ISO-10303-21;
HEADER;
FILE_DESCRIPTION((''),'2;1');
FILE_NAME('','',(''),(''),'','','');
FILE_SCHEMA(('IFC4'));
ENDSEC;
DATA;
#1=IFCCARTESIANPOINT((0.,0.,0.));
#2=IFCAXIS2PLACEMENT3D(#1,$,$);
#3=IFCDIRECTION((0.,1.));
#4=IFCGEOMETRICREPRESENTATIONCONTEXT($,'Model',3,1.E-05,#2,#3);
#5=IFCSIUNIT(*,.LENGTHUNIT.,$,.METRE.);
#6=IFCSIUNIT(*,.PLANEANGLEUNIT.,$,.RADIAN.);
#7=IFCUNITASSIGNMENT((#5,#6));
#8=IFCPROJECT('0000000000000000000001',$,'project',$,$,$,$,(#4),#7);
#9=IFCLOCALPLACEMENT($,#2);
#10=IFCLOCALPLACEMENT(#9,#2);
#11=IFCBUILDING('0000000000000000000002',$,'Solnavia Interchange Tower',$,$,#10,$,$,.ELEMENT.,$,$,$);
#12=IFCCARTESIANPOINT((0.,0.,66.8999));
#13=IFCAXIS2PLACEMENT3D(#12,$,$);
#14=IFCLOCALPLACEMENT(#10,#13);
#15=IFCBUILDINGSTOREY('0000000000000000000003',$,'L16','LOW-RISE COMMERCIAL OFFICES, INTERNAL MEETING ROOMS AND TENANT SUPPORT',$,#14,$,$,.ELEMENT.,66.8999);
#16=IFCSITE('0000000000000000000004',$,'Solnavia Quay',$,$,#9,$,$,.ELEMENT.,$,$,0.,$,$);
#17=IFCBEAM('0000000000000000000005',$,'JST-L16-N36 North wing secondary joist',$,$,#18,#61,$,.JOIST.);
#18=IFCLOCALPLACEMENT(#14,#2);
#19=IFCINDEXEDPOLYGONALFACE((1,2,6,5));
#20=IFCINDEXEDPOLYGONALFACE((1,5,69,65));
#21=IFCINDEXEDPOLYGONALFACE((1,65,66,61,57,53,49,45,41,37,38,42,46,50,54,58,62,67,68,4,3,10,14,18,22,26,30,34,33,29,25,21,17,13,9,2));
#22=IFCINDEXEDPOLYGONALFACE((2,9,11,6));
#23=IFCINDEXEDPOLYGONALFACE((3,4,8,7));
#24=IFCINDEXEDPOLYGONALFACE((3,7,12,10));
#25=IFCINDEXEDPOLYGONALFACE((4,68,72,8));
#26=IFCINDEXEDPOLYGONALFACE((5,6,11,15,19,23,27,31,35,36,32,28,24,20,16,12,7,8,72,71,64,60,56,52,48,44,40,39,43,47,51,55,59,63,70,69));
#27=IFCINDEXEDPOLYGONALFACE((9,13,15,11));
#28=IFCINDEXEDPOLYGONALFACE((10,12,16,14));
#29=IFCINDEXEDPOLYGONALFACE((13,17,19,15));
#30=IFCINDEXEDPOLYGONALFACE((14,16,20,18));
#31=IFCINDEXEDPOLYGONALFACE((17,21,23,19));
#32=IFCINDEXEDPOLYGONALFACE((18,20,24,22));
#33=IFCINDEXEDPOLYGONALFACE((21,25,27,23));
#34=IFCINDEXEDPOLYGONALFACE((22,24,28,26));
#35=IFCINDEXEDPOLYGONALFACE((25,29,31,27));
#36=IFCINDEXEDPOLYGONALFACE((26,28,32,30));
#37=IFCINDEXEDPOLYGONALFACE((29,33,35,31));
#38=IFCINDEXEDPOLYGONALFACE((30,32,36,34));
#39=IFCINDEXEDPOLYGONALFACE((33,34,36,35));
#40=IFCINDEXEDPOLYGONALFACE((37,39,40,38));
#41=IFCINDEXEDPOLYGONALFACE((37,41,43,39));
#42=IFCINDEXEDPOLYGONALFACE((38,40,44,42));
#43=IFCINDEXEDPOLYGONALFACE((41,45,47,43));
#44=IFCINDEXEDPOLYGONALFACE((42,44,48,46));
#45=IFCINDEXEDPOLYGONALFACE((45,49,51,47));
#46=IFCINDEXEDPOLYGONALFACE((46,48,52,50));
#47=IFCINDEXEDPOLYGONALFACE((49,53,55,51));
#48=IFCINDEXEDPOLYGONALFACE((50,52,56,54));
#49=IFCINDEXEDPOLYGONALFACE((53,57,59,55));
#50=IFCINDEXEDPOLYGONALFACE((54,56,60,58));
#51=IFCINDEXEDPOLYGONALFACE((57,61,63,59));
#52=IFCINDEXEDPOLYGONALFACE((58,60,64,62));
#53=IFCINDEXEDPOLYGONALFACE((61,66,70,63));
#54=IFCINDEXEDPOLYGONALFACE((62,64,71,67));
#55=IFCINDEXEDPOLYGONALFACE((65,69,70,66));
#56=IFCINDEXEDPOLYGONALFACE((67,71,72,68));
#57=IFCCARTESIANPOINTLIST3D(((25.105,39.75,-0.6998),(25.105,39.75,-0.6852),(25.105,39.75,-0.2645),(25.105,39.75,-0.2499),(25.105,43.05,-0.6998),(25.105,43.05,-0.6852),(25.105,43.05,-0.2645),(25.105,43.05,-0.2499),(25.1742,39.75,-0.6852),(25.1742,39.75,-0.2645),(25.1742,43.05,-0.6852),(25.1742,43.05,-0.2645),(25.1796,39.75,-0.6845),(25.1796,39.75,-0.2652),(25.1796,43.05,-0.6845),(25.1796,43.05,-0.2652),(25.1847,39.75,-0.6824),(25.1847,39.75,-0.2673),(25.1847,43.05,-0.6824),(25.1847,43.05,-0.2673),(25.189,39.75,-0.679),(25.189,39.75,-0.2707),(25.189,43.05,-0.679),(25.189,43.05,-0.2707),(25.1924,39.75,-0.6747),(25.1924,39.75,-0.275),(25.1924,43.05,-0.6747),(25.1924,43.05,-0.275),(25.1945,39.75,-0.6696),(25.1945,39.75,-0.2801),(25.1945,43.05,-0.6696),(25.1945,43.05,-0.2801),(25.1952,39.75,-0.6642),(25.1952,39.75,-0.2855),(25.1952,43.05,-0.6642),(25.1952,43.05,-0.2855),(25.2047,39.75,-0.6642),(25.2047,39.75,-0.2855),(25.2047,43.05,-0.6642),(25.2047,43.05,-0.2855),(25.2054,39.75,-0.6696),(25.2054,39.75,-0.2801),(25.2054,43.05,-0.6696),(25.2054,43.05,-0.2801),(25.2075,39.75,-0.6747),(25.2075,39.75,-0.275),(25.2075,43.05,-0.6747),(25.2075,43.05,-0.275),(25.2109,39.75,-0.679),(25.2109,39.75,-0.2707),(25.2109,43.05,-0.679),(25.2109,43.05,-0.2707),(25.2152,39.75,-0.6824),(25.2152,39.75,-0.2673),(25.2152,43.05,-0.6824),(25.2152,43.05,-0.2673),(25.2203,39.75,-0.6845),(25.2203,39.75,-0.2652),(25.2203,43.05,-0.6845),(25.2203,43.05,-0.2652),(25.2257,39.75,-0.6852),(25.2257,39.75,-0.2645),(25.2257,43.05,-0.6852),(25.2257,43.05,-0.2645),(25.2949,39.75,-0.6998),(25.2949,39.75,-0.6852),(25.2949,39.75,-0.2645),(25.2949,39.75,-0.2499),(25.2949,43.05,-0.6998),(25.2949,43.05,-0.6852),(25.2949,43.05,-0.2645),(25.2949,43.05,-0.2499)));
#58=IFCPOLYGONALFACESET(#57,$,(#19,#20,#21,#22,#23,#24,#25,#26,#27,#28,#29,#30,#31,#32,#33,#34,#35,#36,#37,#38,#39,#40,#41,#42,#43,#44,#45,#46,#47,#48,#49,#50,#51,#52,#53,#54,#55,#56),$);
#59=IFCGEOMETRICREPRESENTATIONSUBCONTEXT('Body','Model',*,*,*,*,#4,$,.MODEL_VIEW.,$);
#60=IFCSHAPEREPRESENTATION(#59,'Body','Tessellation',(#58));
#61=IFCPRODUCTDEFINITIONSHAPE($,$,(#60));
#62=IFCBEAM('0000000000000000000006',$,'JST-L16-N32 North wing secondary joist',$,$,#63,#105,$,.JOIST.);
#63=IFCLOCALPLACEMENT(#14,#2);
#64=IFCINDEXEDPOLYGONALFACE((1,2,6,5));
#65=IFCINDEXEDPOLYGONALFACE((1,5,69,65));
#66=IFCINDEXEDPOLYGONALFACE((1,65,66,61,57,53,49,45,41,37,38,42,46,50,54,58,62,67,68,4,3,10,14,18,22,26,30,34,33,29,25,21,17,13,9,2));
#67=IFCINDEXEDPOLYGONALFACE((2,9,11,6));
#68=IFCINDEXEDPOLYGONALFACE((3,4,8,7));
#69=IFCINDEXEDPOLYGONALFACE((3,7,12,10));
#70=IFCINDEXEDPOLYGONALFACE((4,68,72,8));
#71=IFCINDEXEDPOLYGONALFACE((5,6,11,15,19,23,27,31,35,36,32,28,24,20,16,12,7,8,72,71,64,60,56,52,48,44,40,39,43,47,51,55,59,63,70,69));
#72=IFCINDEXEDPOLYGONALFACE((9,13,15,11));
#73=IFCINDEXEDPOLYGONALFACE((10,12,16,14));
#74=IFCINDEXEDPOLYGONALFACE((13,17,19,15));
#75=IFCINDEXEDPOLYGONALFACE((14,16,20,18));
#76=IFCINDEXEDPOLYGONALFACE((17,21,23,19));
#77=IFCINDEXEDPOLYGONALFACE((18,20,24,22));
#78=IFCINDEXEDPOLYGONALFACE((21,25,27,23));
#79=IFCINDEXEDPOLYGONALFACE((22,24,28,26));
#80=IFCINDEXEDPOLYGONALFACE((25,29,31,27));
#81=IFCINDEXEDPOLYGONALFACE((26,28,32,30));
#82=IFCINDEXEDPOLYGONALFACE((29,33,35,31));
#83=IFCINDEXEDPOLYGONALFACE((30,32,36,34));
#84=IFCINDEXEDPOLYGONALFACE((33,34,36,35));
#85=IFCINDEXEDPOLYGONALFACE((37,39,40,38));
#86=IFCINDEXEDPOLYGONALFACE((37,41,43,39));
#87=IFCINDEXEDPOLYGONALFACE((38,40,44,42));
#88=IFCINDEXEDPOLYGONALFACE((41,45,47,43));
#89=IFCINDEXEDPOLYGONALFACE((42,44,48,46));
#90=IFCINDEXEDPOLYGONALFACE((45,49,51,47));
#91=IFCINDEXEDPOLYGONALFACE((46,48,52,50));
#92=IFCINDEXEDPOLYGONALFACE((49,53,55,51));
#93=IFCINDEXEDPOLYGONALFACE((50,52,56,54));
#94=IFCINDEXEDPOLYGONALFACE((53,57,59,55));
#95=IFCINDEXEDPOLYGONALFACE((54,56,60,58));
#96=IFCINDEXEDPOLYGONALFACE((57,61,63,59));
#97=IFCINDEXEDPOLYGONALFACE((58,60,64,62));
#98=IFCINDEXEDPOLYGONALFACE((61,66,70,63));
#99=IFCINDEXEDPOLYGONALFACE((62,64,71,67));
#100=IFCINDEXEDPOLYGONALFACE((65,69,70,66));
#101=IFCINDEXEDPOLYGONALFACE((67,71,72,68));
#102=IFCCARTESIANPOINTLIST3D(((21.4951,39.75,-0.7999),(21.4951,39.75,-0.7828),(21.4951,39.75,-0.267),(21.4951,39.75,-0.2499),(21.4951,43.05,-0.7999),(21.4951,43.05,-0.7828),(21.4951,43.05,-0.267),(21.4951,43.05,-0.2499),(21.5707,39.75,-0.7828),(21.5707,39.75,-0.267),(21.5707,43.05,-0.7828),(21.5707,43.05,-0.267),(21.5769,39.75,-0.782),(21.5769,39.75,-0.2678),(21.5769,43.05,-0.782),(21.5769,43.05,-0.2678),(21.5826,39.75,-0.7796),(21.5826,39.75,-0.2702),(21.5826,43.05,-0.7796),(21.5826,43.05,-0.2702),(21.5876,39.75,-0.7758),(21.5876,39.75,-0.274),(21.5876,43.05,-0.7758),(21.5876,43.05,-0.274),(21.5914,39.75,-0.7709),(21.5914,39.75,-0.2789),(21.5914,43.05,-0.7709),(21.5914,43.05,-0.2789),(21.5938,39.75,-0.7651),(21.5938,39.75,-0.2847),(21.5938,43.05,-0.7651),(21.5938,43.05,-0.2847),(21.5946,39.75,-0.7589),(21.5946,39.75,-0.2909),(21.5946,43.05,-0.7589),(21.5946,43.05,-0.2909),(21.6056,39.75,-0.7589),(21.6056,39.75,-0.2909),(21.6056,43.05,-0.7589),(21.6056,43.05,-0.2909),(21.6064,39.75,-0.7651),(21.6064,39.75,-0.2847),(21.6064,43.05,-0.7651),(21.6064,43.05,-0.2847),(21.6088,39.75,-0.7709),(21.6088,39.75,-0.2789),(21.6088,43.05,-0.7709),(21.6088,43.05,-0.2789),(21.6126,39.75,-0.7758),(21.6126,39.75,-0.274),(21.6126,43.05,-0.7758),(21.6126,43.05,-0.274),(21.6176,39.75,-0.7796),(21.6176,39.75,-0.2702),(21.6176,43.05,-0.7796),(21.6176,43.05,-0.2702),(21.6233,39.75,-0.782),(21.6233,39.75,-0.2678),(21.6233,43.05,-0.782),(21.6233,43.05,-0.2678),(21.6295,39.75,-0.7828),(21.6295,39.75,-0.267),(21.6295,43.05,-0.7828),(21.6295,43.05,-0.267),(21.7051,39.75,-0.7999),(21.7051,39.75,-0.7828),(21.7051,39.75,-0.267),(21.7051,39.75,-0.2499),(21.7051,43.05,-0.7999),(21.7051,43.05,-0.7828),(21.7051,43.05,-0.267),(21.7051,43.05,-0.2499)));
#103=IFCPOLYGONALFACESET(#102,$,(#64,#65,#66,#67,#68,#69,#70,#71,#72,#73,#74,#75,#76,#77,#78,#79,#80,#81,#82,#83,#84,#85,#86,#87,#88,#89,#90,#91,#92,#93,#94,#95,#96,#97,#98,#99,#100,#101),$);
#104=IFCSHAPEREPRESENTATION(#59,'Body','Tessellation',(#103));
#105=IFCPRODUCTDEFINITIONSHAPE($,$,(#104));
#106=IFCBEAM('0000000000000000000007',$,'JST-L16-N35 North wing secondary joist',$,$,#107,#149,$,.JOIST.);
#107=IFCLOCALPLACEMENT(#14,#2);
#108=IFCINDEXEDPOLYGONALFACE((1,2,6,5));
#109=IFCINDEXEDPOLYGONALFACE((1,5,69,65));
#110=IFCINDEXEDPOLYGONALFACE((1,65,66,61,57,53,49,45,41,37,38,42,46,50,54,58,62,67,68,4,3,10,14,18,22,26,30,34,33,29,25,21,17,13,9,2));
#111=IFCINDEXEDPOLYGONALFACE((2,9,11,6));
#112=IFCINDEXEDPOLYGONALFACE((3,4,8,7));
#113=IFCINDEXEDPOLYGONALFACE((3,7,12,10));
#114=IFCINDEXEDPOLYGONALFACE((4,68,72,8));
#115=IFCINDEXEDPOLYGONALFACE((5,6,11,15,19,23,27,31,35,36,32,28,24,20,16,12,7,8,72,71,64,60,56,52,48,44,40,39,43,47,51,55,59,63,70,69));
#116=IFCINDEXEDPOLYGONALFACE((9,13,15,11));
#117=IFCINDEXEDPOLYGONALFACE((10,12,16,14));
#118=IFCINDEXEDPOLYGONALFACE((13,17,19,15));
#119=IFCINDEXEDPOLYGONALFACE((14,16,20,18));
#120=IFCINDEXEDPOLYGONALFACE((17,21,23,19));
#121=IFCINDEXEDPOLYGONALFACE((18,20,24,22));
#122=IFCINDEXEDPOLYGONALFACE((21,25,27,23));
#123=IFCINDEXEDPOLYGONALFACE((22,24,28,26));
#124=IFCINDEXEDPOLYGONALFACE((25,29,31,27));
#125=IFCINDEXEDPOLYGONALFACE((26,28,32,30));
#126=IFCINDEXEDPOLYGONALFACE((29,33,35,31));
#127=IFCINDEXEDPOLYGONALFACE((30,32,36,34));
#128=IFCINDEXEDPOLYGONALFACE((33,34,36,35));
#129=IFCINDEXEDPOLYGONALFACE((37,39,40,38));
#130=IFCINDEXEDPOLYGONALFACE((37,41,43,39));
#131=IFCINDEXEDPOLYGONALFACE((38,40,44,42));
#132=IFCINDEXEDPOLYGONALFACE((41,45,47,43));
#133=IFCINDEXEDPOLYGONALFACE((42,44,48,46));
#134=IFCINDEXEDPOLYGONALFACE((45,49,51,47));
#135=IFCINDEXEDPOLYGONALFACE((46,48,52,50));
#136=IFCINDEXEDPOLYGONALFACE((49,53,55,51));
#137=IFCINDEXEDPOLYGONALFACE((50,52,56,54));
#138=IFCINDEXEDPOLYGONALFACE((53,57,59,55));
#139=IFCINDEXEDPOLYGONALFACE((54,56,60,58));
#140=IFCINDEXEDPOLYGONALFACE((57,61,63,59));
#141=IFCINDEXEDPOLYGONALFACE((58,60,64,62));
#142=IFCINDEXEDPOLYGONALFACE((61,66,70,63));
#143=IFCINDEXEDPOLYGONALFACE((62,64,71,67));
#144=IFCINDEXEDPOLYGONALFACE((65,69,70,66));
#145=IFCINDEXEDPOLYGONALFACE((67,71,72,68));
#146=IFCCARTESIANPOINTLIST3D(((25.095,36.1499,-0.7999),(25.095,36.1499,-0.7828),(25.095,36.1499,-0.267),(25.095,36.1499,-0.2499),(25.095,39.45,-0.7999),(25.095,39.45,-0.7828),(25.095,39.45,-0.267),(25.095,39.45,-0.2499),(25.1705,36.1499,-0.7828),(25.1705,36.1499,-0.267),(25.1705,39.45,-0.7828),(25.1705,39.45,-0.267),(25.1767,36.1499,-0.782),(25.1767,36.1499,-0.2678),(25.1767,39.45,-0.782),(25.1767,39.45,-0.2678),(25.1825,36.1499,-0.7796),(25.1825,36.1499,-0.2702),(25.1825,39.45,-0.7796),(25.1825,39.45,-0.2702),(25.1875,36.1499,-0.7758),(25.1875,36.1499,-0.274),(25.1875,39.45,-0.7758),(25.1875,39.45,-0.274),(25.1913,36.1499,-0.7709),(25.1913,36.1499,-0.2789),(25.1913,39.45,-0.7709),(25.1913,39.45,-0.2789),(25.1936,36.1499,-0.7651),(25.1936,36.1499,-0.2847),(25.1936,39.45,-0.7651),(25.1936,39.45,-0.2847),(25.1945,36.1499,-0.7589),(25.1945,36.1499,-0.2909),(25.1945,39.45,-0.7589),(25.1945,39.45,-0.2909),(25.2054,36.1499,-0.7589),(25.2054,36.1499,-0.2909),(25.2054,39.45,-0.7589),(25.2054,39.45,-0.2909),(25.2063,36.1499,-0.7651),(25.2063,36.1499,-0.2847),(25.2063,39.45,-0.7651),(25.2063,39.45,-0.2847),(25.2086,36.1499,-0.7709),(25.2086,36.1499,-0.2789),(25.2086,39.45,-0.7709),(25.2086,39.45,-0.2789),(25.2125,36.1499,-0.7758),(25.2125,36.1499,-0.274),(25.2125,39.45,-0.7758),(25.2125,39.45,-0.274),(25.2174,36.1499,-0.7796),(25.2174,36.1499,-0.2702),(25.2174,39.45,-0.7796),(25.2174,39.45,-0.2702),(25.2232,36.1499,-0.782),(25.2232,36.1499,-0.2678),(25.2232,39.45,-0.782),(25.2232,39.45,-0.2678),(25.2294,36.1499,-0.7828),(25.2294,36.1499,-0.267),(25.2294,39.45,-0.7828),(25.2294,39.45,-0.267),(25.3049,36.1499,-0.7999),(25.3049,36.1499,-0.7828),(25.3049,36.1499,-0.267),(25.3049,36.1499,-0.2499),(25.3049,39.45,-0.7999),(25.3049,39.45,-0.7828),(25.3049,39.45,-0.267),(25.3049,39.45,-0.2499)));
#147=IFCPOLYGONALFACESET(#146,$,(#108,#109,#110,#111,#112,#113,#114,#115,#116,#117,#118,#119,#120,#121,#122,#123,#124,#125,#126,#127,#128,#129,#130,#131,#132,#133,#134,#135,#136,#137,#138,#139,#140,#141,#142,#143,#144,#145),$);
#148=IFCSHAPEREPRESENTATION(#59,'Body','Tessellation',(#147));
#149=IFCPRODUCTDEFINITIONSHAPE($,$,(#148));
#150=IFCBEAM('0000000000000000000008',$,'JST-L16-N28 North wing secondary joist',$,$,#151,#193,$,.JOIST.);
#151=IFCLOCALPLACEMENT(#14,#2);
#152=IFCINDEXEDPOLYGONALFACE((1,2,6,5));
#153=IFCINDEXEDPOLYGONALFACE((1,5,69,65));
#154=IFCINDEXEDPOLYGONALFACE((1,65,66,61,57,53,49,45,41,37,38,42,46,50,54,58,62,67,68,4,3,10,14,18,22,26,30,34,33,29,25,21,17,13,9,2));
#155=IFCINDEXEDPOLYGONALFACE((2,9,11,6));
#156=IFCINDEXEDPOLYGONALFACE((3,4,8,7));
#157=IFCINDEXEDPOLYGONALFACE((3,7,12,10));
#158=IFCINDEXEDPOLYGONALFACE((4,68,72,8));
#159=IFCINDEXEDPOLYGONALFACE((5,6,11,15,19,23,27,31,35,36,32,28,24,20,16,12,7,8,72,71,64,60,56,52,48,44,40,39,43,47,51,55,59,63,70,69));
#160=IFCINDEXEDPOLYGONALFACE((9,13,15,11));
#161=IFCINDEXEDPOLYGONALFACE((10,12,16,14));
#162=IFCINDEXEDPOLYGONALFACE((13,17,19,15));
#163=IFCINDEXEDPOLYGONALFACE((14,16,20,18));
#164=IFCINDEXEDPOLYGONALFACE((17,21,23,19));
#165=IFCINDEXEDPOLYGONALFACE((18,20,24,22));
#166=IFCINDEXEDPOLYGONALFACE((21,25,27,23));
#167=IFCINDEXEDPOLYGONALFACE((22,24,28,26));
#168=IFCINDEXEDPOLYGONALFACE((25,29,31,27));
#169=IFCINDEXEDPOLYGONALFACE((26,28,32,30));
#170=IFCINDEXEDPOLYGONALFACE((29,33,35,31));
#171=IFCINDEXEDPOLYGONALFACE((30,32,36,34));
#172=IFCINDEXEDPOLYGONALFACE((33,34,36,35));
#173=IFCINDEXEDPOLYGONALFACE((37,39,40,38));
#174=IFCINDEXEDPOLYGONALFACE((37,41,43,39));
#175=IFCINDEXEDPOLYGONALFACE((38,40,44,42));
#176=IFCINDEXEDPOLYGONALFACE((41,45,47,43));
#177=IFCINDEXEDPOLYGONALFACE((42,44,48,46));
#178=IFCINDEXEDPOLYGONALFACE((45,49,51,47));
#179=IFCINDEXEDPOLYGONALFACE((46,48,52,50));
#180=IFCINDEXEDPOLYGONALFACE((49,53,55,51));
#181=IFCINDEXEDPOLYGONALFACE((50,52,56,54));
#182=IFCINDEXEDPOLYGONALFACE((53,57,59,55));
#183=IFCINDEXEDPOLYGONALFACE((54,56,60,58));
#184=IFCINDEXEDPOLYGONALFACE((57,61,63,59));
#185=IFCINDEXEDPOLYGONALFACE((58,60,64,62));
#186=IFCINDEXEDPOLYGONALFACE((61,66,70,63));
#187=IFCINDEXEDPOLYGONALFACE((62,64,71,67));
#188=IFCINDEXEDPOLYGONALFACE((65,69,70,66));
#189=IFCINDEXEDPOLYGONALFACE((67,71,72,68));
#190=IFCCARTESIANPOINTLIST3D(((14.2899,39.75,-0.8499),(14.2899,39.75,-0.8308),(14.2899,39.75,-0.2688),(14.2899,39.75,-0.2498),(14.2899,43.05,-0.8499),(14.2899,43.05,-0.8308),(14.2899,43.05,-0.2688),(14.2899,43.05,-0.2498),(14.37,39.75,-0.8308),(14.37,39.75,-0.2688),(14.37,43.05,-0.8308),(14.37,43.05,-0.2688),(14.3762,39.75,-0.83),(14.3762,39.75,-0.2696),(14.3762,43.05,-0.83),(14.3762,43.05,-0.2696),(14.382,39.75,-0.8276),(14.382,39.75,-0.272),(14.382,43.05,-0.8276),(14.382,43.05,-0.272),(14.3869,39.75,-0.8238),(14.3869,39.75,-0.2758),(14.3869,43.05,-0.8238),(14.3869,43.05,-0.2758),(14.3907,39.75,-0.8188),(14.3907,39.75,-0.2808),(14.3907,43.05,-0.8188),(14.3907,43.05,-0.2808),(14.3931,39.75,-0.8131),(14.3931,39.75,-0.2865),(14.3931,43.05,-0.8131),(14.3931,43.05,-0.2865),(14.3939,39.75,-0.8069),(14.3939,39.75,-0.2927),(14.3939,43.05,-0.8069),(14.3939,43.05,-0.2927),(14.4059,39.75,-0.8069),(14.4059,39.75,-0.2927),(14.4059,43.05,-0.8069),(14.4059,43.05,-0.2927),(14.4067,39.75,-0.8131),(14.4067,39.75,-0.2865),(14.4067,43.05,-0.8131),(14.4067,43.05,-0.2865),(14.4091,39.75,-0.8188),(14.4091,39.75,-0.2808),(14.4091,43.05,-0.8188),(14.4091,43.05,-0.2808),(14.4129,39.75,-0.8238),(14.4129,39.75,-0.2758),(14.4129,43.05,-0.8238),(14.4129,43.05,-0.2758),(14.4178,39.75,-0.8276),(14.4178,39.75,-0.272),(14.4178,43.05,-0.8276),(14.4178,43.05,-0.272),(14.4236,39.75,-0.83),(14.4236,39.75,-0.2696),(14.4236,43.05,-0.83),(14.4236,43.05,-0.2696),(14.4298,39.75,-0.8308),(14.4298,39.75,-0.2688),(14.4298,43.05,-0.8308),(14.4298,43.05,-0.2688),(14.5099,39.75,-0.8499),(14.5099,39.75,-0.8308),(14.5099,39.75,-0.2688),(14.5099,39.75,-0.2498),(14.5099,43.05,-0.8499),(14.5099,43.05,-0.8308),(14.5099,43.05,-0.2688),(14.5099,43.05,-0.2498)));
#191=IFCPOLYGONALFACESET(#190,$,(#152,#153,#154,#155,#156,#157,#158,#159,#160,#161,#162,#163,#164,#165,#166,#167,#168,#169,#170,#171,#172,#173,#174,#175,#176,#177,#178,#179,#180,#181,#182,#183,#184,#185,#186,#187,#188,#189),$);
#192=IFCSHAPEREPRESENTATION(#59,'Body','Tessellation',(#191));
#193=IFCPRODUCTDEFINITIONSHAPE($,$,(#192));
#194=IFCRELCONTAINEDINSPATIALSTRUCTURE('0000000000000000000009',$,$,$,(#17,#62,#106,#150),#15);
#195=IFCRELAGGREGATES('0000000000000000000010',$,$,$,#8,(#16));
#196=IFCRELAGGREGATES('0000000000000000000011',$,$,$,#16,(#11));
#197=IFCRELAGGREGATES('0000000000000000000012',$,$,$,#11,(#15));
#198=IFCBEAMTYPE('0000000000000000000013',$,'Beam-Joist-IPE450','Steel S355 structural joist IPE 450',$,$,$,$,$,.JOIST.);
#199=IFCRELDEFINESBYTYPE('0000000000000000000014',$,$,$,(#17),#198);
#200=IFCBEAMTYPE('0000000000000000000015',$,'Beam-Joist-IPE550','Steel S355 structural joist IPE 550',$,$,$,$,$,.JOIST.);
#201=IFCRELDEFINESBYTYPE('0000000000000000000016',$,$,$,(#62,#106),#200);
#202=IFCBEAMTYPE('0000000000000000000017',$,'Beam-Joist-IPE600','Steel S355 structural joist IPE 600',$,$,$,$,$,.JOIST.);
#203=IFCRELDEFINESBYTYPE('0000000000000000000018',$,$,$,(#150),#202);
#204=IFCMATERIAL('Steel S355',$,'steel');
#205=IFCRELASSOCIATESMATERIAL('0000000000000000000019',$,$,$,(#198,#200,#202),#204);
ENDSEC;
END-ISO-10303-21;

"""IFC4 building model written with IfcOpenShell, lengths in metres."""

from ifc_helpers import new_model, si_unit, direction, frame, origin, origin_2d, place, context, subcontext, project, spatial, i_section, extrude, material, material_profile, profile_set, type_object, element, save


model = new_model("IFC4")

# Units and contexts
model_context = context("Model", 3, precision=1e-05, world=origin(), true_north=direction((0.0, 1.0)))
body_context = subcontext(model_context, "Body", "Model", "MODEL_VIEW")
ifc_project = project(units=[si_unit("LENGTHUNIT", "METRE"), si_unit("PLANEANGLEUNIT", "RADIAN")], contexts=[model_context])

# Site, building, storey
site_placement = place(None, origin())
site = spatial("IfcSite", under=ifc_project, at=site_placement, Name="Solnavia Quay", CompositionType="ELEMENT", RefElevation=0.0)
building_placement = place(site_placement, origin())
building = spatial("IfcBuilding", under=site, at=building_placement, Name="Solnavia Interchange Tower", CompositionType="ELEMENT")
storey_placement = place(building_placement, frame((0.0, 0.0, 66.8999)))
storey = spatial("IfcBuildingStorey", under=building, at=storey_placement, Name="L16", Description="LOW-RISE COMMERCIAL OFFICES, INTERNAL MEETING ROOMS AND TENANT SUPPORT", CompositionType="ELEMENT", Elevation=66.8999)

# Shared definitions
ifc_material_1 = material(Name="Steel S355", Category="steel")

# Beams
ifc_material_profile_1 = material_profile(ifc_material_1, i_section(OverallWidth=0.1899, OverallDepth=0.45, WebThickness=0.0095, FlangeThickness=0.0146, FilletRadius=0.021, at=origin_2d()), Name="IPE 450")
ifc_profile_set_1 = profile_set([ifc_material_profile_1], Name="Steel S355")
beam_type_1 = type_object("IfcBeamType", Name="Beam-Joist-IPE450", Description="Steel S355 structural joist IPE 450", PredefinedType="JOIST", material=ifc_profile_set_1)
beam_1_placement = place(storey_placement, frame((25.2, 39.75, -0.4749), z_axis=(0.0, 1.0, 0.0), x_axis=(-1.0, 0.0, 0.0)))
element("IfcBeam", 1, at=beam_1_placement, inside=storey, type_object=beam_type_1, Name="JST-L16-N36 North wing secondary joist", PredefinedType="JOIST", context=body_context, shape_type="SweptSolid", body=[
    extrude(i_section(OverallWidth=0.1899, OverallDepth=0.45, WebThickness=0.0095, FlangeThickness=0.0146, FilletRadius=0.021, at=origin_2d()), origin(), (0.0, 0.0, 1.0), 3.3),
])
ifc_material_profile_2 = material_profile(ifc_material_1, i_section(OverallWidth=0.21, OverallDepth=0.55, WebThickness=0.011, FlangeThickness=0.0171, FilletRadius=0.0239, at=origin_2d()), Name="IPE 550")
ifc_profile_set_2 = profile_set([ifc_material_profile_2], Name="Steel S355")
beam_type_2 = type_object("IfcBeamType", Name="Beam-Joist-IPE550", Description="Steel S355 structural joist IPE 550", PredefinedType="JOIST", material=ifc_profile_set_2)
for number, where, z_axis, x_axis, name in (
    (2, (21.6001, 39.75, -0.5249), (0.0, 1.0, 0.0), (-1.0, 0.0, 0.0), "JST-L16-N32 North wing secondary joist"),
    (3, (25.2, 36.1499, -0.5249), (0.0, 1.0, 0.0), (-1.0, 0.0, 0.0), "JST-L16-N35 North wing secondary joist"),
):
    element("IfcBeam", number, at=place(storey_placement, frame(where, z_axis=z_axis, x_axis=x_axis)), inside=storey, type_object=beam_type_2, Name=name, PredefinedType="JOIST", context=body_context, shape_type="SweptSolid", body=[
        extrude(i_section(OverallWidth=0.21, OverallDepth=0.55, WebThickness=0.011, FlangeThickness=0.0171, FilletRadius=0.0239, at=origin_2d()), origin(), (0.0, 0.0, 1.0), 3.3),
    ])
ifc_material_profile_3 = material_profile(ifc_material_1, i_section(OverallWidth=0.22, OverallDepth=0.6001, WebThickness=0.012, FlangeThickness=0.019, FilletRadius=0.0239, at=origin_2d()), Name="IPE 600")
ifc_profile_set_3 = profile_set([ifc_material_profile_3], Name="Steel S355")
beam_type_3 = type_object("IfcBeamType", Name="Beam-Joist-IPE600", Description="Steel S355 structural joist IPE 600", PredefinedType="JOIST", material=ifc_profile_set_3)
beam_2_placement = place(storey_placement, frame((14.3999, 39.75, -0.5498), z_axis=(0.0, 1.0, 0.0), x_axis=(-1.0, 0.0, 0.0)))
element("IfcBeam", 4, at=beam_2_placement, inside=storey, type_object=beam_type_3, Name="JST-L16-N28 North wing secondary joist", PredefinedType="JOIST", context=body_context, shape_type="SweptSolid", body=[
    extrude(i_section(OverallWidth=0.22, OverallDepth=0.6001, WebThickness=0.012, FlangeThickness=0.019, FilletRadius=0.0239, at=origin_2d()), origin(), (0.0, 0.0, 1.0), 3.3),
])

save(model, "model.ifc")
